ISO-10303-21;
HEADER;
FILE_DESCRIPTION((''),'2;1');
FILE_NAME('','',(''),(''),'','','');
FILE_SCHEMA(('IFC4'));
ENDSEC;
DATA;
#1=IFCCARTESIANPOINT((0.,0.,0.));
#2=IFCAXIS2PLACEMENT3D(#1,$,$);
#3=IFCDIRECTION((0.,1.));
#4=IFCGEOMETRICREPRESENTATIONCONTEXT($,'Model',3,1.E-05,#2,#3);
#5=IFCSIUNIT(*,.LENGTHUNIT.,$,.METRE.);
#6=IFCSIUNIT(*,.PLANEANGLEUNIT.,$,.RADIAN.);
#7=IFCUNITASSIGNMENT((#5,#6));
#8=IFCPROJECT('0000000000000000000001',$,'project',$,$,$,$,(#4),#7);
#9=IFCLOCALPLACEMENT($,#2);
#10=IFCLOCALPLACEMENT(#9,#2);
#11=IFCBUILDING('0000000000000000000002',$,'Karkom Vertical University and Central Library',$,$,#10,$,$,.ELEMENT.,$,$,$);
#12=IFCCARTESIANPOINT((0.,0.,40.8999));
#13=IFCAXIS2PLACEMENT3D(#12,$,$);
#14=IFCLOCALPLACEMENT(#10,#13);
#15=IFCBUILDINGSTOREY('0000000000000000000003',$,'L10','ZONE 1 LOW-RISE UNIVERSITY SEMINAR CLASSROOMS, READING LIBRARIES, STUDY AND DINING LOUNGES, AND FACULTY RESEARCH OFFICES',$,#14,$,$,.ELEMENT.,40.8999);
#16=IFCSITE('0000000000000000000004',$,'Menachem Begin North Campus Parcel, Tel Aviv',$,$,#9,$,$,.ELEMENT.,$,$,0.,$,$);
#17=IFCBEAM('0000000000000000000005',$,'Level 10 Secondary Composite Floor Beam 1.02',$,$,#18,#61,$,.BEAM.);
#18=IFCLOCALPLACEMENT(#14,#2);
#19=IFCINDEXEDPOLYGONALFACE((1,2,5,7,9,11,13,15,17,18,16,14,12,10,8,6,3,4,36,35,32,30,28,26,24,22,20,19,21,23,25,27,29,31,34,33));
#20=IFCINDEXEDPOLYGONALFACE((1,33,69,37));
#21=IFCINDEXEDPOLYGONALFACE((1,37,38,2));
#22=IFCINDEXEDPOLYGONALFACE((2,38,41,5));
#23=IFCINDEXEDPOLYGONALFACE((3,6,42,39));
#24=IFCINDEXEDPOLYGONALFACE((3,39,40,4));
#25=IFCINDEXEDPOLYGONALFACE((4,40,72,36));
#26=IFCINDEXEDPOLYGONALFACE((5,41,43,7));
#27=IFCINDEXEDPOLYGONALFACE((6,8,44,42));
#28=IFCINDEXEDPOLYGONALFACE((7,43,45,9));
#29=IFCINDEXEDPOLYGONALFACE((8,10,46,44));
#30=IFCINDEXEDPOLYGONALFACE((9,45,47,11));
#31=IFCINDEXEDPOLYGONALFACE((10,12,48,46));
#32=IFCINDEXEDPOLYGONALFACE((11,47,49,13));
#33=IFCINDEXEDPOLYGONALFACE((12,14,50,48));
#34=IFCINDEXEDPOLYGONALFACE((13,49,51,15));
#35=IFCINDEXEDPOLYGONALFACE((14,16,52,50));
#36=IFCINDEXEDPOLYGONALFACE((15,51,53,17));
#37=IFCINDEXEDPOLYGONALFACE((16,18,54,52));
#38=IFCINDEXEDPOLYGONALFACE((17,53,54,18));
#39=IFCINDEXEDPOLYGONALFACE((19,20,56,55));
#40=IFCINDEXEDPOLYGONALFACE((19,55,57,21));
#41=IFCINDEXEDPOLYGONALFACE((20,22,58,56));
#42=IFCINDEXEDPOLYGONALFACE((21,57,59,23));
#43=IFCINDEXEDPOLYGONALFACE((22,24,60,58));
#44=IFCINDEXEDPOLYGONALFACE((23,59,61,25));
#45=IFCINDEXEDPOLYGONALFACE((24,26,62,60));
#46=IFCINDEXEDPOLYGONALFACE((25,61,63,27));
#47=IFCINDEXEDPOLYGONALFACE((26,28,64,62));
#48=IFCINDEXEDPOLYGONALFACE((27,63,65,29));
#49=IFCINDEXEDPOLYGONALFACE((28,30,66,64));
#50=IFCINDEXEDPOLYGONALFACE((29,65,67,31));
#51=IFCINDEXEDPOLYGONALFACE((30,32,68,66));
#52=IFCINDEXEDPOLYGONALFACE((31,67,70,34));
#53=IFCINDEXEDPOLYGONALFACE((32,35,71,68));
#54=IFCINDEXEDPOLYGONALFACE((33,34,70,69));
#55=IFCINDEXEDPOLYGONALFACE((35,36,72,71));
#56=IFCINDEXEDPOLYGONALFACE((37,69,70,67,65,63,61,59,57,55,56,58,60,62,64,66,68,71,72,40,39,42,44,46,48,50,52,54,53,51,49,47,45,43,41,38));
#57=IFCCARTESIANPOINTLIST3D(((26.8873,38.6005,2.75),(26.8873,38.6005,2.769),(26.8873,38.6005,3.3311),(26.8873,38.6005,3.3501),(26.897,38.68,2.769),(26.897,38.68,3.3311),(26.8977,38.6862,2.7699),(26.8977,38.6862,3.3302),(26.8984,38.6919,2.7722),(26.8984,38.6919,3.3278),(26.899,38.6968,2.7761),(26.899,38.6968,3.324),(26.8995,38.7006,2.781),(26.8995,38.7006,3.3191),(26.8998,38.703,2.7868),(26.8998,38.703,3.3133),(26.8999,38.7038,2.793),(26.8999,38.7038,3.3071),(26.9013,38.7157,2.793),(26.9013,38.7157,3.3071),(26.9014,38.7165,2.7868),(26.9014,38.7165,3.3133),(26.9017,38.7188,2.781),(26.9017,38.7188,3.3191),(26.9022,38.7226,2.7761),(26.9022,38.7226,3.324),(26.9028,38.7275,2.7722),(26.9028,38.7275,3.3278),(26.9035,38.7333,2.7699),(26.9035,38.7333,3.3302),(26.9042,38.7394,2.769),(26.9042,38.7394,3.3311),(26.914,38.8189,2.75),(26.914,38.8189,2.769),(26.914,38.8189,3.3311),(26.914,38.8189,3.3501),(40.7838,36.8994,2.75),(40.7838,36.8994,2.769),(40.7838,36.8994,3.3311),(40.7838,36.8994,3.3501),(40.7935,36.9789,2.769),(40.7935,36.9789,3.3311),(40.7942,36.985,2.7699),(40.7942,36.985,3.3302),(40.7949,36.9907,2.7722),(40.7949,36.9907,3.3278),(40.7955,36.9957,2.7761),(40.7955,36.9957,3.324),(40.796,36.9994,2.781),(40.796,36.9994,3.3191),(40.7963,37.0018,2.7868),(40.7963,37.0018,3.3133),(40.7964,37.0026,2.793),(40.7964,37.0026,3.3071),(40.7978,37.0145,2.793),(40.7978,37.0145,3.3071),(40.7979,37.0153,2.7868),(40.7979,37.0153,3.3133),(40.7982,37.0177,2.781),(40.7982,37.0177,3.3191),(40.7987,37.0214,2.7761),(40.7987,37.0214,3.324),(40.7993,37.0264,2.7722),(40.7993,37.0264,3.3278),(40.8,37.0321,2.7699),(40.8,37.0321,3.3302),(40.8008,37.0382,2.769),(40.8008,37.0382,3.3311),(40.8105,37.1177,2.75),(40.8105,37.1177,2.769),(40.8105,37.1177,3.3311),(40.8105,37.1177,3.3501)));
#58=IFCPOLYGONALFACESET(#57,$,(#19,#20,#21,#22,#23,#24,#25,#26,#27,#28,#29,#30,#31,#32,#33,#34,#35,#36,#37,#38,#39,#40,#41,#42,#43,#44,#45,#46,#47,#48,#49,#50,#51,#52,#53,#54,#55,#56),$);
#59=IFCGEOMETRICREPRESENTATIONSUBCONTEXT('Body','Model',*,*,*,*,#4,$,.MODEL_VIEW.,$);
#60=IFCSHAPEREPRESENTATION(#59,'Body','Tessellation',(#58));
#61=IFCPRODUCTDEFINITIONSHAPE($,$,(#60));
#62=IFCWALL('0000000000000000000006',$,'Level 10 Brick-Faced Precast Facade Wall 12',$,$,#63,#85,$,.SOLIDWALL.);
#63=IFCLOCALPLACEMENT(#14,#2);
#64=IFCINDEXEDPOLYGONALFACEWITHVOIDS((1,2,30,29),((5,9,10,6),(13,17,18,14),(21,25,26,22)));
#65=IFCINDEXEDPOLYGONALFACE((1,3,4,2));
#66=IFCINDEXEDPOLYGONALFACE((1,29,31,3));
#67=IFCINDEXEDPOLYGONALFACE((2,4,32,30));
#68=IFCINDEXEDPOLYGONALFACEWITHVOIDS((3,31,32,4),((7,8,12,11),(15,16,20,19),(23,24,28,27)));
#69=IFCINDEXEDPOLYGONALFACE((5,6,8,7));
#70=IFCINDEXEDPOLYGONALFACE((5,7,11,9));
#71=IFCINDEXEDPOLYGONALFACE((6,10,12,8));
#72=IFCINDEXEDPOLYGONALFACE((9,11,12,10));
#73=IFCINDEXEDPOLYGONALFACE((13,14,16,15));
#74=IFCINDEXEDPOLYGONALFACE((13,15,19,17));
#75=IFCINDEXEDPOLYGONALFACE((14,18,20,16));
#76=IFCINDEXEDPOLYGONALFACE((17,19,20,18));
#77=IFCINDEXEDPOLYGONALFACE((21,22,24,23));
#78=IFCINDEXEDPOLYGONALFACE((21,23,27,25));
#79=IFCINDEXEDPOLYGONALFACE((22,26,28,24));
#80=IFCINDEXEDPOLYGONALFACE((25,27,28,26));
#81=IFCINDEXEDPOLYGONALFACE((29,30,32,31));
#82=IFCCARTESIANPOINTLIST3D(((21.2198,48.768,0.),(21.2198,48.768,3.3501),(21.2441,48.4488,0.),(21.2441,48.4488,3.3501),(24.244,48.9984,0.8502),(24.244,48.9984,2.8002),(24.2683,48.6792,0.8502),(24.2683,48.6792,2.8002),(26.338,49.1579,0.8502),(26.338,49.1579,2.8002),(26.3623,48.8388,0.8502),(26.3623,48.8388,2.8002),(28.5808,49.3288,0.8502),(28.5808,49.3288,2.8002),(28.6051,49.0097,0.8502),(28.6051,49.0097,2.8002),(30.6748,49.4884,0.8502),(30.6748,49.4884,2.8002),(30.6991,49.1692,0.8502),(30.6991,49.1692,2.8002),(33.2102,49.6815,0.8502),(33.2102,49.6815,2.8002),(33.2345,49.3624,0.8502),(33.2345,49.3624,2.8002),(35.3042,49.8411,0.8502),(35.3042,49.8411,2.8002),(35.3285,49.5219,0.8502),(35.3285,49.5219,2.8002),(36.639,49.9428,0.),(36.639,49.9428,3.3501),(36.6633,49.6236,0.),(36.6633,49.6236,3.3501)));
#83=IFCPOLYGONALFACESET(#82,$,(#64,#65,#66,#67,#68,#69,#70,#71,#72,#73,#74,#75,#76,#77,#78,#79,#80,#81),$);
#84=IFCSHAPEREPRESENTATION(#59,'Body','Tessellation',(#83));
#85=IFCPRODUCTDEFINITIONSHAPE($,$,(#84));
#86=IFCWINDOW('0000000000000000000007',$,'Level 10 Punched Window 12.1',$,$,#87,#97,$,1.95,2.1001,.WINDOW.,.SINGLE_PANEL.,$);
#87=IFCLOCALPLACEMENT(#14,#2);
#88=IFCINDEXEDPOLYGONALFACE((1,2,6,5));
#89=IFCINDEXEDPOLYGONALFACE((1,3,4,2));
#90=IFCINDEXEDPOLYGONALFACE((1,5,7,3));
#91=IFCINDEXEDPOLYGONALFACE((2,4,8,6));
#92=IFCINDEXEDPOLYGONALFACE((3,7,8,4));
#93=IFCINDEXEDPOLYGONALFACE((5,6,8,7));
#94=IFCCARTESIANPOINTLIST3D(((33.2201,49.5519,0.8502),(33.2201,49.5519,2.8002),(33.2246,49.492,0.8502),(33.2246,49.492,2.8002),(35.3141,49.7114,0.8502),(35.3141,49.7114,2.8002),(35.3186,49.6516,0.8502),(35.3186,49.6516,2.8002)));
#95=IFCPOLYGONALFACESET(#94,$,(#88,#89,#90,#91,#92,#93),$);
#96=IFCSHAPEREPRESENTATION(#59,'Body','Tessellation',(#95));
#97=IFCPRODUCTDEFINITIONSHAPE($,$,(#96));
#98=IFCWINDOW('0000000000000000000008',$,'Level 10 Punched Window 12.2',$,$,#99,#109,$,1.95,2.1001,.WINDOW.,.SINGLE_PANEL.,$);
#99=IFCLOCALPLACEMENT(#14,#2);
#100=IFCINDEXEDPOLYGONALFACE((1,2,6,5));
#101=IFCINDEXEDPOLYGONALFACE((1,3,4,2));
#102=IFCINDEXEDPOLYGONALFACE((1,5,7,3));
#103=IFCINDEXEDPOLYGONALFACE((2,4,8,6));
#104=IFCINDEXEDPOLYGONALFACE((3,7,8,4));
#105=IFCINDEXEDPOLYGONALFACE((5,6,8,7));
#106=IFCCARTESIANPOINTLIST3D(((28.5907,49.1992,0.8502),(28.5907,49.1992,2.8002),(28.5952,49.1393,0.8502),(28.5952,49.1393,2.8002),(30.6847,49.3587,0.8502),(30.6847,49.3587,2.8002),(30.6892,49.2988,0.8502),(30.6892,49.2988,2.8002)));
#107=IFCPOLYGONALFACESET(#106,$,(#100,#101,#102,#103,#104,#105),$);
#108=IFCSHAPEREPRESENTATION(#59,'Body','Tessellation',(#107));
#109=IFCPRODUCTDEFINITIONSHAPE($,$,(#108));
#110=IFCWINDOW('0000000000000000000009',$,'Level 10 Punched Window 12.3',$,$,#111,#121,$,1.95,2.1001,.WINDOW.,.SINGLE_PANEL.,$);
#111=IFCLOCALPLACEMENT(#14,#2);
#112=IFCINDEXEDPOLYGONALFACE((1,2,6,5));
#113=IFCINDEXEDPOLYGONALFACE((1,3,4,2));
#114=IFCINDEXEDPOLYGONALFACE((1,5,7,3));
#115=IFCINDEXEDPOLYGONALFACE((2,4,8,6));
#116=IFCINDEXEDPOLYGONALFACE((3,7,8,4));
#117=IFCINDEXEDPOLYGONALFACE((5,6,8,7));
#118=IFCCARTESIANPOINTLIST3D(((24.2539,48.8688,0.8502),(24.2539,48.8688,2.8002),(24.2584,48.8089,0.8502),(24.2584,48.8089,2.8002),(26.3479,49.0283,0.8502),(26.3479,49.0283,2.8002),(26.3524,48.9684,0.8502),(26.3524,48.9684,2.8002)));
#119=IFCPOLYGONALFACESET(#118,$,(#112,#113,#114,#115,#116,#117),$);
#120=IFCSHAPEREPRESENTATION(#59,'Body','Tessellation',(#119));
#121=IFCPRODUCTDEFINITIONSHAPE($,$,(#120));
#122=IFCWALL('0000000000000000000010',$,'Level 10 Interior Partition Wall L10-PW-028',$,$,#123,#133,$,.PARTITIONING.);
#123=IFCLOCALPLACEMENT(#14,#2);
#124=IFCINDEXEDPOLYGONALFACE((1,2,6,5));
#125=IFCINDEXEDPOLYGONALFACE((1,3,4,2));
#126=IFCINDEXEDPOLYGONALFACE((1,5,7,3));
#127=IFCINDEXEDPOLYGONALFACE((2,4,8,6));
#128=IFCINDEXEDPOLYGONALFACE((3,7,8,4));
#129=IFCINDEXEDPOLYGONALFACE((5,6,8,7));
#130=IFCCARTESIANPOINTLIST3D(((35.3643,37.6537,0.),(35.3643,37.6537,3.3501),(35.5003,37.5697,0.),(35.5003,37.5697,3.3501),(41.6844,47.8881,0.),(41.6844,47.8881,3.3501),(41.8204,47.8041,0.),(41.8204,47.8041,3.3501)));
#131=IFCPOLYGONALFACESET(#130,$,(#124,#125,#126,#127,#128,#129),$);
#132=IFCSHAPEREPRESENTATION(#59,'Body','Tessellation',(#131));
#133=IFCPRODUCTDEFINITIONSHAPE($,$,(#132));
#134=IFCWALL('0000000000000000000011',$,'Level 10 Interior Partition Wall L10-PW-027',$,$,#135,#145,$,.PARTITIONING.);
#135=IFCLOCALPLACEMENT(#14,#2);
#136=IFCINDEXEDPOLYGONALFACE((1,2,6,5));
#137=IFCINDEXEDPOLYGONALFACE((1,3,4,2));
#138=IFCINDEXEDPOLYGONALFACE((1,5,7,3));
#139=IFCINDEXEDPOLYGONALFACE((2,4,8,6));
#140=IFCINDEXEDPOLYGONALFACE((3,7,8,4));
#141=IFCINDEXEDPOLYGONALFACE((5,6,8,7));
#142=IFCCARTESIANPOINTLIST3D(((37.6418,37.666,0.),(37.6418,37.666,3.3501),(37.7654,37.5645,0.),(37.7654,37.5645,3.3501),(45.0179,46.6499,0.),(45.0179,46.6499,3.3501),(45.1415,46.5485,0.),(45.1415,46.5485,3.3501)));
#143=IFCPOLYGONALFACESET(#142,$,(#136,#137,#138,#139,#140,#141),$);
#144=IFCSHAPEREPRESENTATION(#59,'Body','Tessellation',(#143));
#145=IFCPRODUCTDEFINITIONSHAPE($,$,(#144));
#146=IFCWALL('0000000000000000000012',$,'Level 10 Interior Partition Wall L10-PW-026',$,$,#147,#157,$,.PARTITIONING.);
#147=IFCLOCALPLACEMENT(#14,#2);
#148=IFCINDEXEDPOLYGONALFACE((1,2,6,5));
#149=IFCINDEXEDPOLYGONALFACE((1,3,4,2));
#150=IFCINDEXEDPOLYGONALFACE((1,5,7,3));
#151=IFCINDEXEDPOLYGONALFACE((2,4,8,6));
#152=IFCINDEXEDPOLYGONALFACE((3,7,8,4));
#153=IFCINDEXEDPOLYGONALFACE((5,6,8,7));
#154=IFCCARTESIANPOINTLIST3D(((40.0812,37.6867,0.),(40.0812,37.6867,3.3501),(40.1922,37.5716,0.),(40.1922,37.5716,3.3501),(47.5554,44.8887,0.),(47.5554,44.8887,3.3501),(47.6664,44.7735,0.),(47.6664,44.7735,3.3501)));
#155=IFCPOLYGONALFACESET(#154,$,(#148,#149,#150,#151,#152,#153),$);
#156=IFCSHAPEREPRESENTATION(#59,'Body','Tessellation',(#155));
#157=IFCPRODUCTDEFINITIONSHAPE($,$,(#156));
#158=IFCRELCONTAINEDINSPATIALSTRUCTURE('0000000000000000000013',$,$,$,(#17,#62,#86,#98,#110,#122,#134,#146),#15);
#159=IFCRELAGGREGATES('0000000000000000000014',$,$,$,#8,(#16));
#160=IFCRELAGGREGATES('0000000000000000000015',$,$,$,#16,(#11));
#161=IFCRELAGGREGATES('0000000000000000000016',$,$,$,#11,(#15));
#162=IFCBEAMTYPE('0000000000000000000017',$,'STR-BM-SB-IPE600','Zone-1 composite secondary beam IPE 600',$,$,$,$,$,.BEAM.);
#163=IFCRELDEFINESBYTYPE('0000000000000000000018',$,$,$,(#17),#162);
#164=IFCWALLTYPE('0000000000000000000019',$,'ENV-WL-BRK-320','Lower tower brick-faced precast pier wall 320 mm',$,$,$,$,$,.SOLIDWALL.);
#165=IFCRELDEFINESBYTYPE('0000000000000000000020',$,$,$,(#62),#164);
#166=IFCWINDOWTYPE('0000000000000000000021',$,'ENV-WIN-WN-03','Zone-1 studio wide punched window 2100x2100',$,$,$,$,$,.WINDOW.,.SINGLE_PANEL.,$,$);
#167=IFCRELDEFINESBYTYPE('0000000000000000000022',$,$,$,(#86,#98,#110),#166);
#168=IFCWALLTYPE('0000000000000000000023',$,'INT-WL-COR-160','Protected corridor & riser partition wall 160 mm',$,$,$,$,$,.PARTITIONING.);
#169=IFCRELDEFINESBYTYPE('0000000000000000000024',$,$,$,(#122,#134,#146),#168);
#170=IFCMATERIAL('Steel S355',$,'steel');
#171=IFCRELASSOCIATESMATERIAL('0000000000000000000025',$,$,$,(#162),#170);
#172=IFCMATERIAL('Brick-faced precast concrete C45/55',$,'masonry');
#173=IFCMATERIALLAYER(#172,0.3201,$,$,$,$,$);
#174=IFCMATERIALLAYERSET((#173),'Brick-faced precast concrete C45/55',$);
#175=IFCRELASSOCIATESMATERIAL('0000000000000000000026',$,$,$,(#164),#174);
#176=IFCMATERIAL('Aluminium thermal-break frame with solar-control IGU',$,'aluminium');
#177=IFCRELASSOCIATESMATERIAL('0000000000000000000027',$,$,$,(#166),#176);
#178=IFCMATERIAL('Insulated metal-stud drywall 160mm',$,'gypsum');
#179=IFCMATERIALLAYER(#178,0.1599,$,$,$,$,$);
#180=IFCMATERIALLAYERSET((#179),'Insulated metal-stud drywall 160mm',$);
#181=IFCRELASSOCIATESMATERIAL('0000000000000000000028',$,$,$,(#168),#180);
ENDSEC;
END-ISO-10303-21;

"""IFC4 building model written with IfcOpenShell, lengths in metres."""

from ifc_helpers import new_model, si_unit, direction, frame, frame_2d, origin, origin_with_axes, origin_2d, place, context, subcontext, project, spatial, rectangle, i_section, extrude, source, transform, mapped, material, layer, layer_set, material_profile, profile_set, type_object, element, fill, save


model = new_model("IFC4")

# Units and contexts
model_context = context("Model", 3, precision=1e-05, world=origin(), true_north=direction((0.0, 1.0)))
body_context = subcontext(model_context, "Body", "Model", "MODEL_VIEW")
ifc_project = project(units=[si_unit("LENGTHUNIT", "METRE"), si_unit("PLANEANGLEUNIT", "RADIAN")], contexts=[model_context])

# Site, building, storey
site_placement = place(None, origin())
site = spatial("IfcSite", under=ifc_project, at=site_placement, Name="Menachem Begin North Campus Parcel, Tel Aviv", CompositionType="ELEMENT", RefElevation=0.0)
building_placement = place(site_placement, origin())
building = spatial("IfcBuilding", under=site, at=building_placement, Name="Karkom Vertical University and Central Library", CompositionType="ELEMENT")
storey_placement = place(building_placement, frame((0.0, 0.0, 40.8999)))
storey = spatial("IfcBuildingStorey", under=building, at=storey_placement, Name="L10", Description="ZONE 1 LOW-RISE UNIVERSITY SEMINAR CLASSROOMS, READING LIBRARIES, STUDY AND DINING LOUNGES, AND FACULTY RESEARCH OFFICES", CompositionType="ELEMENT", Elevation=40.8999)

# Beam
ifc_material_1 = material(Name="Steel S355", Category="steel")
ifc_material_profile = material_profile(ifc_material_1, i_section(OverallWidth=0.22, OverallDepth=0.6001, WebThickness=0.012, FlangeThickness=0.019, FilletRadius=0.0239, at=origin_2d()), Name="IPE 600")
ifc_profile_set = profile_set([ifc_material_profile], Name="Steel S355")
beam_type = type_object("IfcBeamType", Name="STR-BM-SB-IPE600", Description="Zone-1 composite secondary beam IPE 600", PredefinedType="BEAM", material=ifc_profile_set)
shared_shape_1 = source(origin_with_axes(), body_context, "Body", "SweptSolid", [
    extrude(i_section(OverallWidth=0.22, OverallDepth=0.6001, WebThickness=0.012, FlangeThickness=0.019, FilletRadius=0.0239, at=origin_2d()), origin(), (0.0, 0.0, 1.0), 14.0002),
])
beam_placement = place(storey_placement, frame((40.7971, 37.0085, 3.05), z_axis=(-0.99259, 0.12151, 0.0), x_axis=(-0.12151, -0.99259, 0.0)))
element("IfcBeam", 1, at=beam_placement, inside=storey, type_object=beam_type, Name="Level 10 Secondary Composite Floor Beam 1.02", PredefinedType="BEAM", context=body_context, shape_type="MappedRepresentation", body=[
    mapped(shared_shape_1, transform((0.0, 0.0, 0.0), scale=1.0)),
])

# Wall, openings, windows
ifc_material_2 = material(Name="Brick-faced precast concrete C45/55", Category="masonry")
ifc_layer_1 = layer(ifc_material_2, 0.3201)
ifc_layer_set_1 = layer_set([ifc_layer_1], Name="Brick-faced precast concrete C45/55")
wall_type_1 = type_object("IfcWallType", Name="ENV-WL-BRK-320", Description="Lower tower brick-faced precast pier wall 320 mm", PredefinedType="SOLIDWALL", material=ifc_layer_set_1)
wall_1_placement = place(storey_placement, frame((36.6511, 49.7832, 0.0), z_axis=(0.0, 0.0, 1.0), x_axis=(-0.99711, -0.075971, 0.0)))
wall_1 = element("IfcWall", 2, at=wall_1_placement, inside=storey, type_object=wall_type_1, Name="Level 10 Brick-Faced Precast Facade Wall 12", PredefinedType="SOLIDWALL", context=body_context, shape_type="SweptSolid", body=[
    extrude(rectangle(XDim=15.4639, YDim=0.3201, at=frame_2d((7.7319, 0.0))), origin(), (0.0, 0.0, 1.0), 3.3501),
])
opening_1_placement = place(wall_1_placement, frame((1.3386, 0.0, 0.8501)))
opening_1 = element("IfcOpeningElement", 3, at=opening_1_placement, cuts=wall_1, PredefinedType="OPENING", context=body_context, shape_type="SweptSolid", body=[
    extrude(rectangle(XDim=2.1001, YDim=1.95, at=frame_2d((1.05, 0.9751))), frame((0.0, 0.1699, 0.0), z_axis=(0.0, -1.0, 0.0), x_axis=(1.0, 0.0, 0.0)), (0.0, 0.0, 1.0), 0.3401),
])
opening_2_placement = place(wall_1_placement, frame((5.9814, 0.0, 0.8501)))
opening_2 = element("IfcOpeningElement", 4, at=opening_2_placement, cuts=wall_1, PredefinedType="OPENING", context=body_context, shape_type="SweptSolid", body=[
    extrude(rectangle(XDim=2.1001, YDim=1.95, at=frame_2d((1.05, 0.9751))), frame((0.0, 0.1699, 0.0), z_axis=(0.0, -1.0, 0.0), x_axis=(1.0, 0.0, 0.0)), (0.0, 0.0, 1.0), 0.3401),
])
opening_3_placement = place(wall_1_placement, frame((10.3308, 0.0, 0.8501)))
opening_3 = element("IfcOpeningElement", 5, at=opening_3_placement, cuts=wall_1, PredefinedType="OPENING", context=body_context, shape_type="SweptSolid", body=[
    extrude(rectangle(XDim=2.1001, YDim=1.95, at=frame_2d((1.05, 0.9751))), frame((0.0, 0.1699, 0.0), z_axis=(0.0, -1.0, 0.0), x_axis=(1.0, 0.0, 0.0)), (0.0, 0.0, 1.0), 0.3401),
])
ifc_material_3 = material(Name="Aluminium thermal-break frame with solar-control IGU", Category="aluminium")
window_type = type_object("IfcWindowType", Name="ENV-WIN-WN-03", Description="Zone-1 studio wide punched window 2100x2100", PartitioningType="SINGLE_PANEL", PredefinedType="WINDOW", material=ifc_material_3)
shared_shape_2 = source(origin_with_axes(), body_context, "Body", "SweptSolid", [
    extrude(rectangle(XDim=2.1001, YDim=1.95, at=frame_2d((1.05, 0.9751))), frame((0.0, 0.03, 0.0), z_axis=(0.0, -1.0, 0.0), x_axis=(1.0, 0.0, 0.0)), (0.0, 0.0, 1.0), 0.0601),
])
window_1_placement = place(opening_1_placement, origin())
window_1 = element("IfcWindow", 6, at=window_1_placement, inside=storey, type_object=window_type, Name="Level 10 Punched Window 12.1", OverallHeight=1.95, OverallWidth=2.1001, PartitioningType="SINGLE_PANEL", PredefinedType="WINDOW", context=body_context, shape_type="MappedRepresentation", body=[
    mapped(shared_shape_2, transform((0.0, 0.0, 0.0), scale=1.0)),
])
fill(opening_1, window_1)
window_2_placement = place(opening_2_placement, origin())
window_2 = element("IfcWindow", 7, at=window_2_placement, inside=storey, type_object=window_type, Name="Level 10 Punched Window 12.2", OverallHeight=1.95, OverallWidth=2.1001, PartitioningType="SINGLE_PANEL", PredefinedType="WINDOW", context=body_context, shape_type="MappedRepresentation", body=[
    mapped(shared_shape_2, transform((0.0, 0.0, 0.0), scale=1.0)),
])
fill(opening_2, window_2)
window_3_placement = place(opening_3_placement, origin())
window_3 = element("IfcWindow", 8, at=window_3_placement, inside=storey, type_object=window_type, Name="Level 10 Punched Window 12.3", OverallHeight=1.95, OverallWidth=2.1001, PartitioningType="SINGLE_PANEL", PredefinedType="WINDOW", context=body_context, shape_type="MappedRepresentation", body=[
    mapped(shared_shape_2, transform((0.0, 0.0, 0.0), scale=1.0)),
])
fill(opening_3, window_3)

# Shared definitions
ifc_material_4 = material(Name="Insulated metal-stud drywall 160mm", Category="gypsum")
ifc_layer_2 = layer(ifc_material_4, 0.1599)
ifc_layer_set_2 = layer_set([ifc_layer_2], Name="Insulated metal-stud drywall 160mm")
wall_type_2 = type_object("IfcWallType", Name="INT-WL-COR-160", Description="Protected corridor & riser partition wall 160 mm", PredefinedType="PARTITIONING", material=ifc_layer_set_2)

# Walls
wall_2_placement = place(storey_placement, frame((35.4324, 37.6118, 0.0), z_axis=(0.0, 0.0, 1.0), x_axis=(0.525423, 0.850841, 0.0)))
element("IfcWall", 9, at=wall_2_placement, inside=storey, type_object=wall_type_2, Name="Level 10 Interior Partition Wall L10-PW-028", PredefinedType="PARTITIONING", context=body_context, shape_type="SweptSolid", body=[
    extrude(rectangle(XDim=12.0286, YDim=0.1599, at=frame_2d((6.0142, 0.0))), origin(), (0.0, 0.0, 1.0), 3.3501),
])
wall_3_placement = place(storey_placement, frame((37.7036, 37.6152, 0.0), z_axis=(0.0, 0.0, 1.0), x_axis=(0.634552, 0.77288, 0.0)))
element("IfcWall", 10, at=wall_3_placement, inside=storey, type_object=wall_type_2, Name="Level 10 Interior Partition Wall L10-PW-027", PredefinedType="PARTITIONING", context=body_context, shape_type="SweptSolid", body=[
    extrude(rectangle(XDim=11.624, YDim=0.1599, at=frame_2d((5.812, 0.0))), origin(), (0.0, 0.0, 1.0), 3.3501),
])
wall_4_placement = place(storey_placement, frame((40.1367, 37.6292, 0.0), z_axis=(0.0, 0.0, 1.0), x_axis=(0.720099, 0.693872, 0.0)))
element("IfcWall", 11, at=wall_4_placement, inside=storey, type_object=wall_type_2, Name="Level 10 Interior Partition Wall L10-PW-026", PredefinedType="PARTITIONING", context=body_context, shape_type="SweptSolid", body=[
    extrude(rectangle(XDim=10.3794, YDim=0.1599, at=frame_2d((5.1897, 0.0))), origin(), (0.0, 0.0, 1.0), 3.3501),
])

save(model, "model.ifc")
